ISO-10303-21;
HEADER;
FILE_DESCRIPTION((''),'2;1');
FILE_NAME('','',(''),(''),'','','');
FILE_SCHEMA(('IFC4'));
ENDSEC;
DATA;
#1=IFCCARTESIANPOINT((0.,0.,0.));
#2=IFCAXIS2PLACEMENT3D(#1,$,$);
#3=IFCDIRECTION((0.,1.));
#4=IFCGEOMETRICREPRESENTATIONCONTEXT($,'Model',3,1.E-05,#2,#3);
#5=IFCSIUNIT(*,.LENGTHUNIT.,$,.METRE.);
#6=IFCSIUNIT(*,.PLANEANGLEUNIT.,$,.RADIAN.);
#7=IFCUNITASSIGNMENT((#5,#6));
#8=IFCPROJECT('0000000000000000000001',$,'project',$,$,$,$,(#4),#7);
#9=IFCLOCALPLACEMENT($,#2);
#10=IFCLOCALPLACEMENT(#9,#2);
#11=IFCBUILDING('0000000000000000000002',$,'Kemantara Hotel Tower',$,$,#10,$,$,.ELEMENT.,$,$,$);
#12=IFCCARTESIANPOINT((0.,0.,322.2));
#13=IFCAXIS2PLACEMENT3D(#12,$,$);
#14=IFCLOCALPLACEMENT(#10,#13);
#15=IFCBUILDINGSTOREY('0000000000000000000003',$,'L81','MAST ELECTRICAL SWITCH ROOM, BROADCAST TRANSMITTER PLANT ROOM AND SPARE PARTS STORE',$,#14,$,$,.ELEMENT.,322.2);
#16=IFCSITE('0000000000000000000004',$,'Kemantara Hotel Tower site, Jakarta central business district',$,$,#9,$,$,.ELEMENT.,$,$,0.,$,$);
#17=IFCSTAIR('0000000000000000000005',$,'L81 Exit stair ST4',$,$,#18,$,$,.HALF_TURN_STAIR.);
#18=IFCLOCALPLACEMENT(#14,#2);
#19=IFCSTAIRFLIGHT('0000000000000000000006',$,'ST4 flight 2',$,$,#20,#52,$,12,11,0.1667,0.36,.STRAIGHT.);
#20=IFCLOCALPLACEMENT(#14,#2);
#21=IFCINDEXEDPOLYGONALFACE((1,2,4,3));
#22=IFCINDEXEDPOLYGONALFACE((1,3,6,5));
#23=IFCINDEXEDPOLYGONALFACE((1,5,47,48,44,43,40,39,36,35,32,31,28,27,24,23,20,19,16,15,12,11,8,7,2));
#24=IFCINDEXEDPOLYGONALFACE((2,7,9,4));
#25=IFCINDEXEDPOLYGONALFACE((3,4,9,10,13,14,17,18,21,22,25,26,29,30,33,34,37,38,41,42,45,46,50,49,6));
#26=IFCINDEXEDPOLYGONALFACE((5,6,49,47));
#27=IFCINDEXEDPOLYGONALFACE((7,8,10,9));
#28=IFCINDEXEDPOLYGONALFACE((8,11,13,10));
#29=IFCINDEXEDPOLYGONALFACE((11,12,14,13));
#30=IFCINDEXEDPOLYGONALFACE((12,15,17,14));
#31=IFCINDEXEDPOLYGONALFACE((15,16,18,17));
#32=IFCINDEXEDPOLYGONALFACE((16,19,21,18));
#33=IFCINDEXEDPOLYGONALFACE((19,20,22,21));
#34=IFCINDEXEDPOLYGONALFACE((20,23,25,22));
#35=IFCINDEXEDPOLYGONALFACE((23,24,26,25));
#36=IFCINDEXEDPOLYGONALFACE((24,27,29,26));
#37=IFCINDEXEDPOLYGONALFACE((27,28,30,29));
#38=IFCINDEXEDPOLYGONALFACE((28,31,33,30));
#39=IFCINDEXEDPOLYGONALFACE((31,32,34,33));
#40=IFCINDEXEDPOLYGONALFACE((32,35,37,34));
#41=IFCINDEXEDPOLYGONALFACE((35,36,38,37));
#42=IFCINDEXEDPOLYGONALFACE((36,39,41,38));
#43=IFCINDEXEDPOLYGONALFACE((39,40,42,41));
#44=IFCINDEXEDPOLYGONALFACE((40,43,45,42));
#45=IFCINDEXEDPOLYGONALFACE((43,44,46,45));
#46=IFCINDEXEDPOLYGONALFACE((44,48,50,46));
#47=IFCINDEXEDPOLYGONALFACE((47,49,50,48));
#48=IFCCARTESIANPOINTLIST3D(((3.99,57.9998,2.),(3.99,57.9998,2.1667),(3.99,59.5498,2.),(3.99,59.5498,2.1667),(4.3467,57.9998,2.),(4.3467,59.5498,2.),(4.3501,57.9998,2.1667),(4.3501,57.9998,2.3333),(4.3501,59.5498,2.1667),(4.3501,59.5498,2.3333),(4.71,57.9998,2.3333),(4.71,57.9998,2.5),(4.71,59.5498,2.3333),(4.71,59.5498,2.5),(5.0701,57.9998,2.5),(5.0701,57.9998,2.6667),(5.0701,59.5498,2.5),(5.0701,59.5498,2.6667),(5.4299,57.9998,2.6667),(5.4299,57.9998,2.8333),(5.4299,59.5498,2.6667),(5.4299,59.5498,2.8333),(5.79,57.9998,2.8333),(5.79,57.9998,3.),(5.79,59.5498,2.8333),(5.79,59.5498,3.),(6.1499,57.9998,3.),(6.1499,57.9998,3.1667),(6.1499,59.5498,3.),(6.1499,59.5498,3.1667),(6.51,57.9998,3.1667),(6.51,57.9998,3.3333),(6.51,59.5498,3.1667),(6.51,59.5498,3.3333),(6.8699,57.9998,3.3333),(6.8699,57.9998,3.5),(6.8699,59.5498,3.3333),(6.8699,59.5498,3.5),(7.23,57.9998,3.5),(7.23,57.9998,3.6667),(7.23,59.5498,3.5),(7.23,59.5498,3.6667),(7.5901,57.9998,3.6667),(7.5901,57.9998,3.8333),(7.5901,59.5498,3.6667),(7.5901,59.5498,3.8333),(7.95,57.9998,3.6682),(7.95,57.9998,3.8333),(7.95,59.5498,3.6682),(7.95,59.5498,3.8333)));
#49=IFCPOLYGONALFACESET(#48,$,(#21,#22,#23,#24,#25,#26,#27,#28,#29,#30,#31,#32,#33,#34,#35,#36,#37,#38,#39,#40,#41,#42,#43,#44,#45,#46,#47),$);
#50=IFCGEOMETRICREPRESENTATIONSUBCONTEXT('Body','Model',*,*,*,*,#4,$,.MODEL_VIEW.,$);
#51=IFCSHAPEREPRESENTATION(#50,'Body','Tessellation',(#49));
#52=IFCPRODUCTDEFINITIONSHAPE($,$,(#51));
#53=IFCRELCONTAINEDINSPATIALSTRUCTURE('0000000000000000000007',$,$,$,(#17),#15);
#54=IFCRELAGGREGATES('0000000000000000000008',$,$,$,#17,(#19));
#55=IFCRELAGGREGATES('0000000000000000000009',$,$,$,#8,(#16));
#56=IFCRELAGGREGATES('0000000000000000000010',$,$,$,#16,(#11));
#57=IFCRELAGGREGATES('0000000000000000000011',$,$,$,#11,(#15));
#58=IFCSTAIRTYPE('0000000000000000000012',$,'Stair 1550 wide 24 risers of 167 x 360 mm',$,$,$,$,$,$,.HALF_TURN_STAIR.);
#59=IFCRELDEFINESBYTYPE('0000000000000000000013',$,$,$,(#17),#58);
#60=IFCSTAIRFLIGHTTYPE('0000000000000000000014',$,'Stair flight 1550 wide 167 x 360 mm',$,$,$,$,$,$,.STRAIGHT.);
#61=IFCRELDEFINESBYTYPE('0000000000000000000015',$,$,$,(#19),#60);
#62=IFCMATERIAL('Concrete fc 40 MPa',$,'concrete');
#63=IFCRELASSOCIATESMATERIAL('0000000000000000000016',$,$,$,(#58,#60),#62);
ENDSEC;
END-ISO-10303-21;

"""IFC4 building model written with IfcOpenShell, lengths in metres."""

from ifc_helpers import new_model, si_unit, direction, frame, origin, place, context, subcontext, project, spatial, polyline, outline, extrude, material, type_object, element, aggregate, save


model = new_model("IFC4")

# Units and contexts
model_context = context("Model", 3, precision=1e-05, world=origin(), true_north=direction((0.0, 1.0)))
body_context = subcontext(model_context, "Body", "Model", "MODEL_VIEW")
ifc_project = project(units=[si_unit("LENGTHUNIT", "METRE"), si_unit("PLANEANGLEUNIT", "RADIAN")], contexts=[model_context])

# Site, building, storey
site_placement = place(None, origin())
site = spatial("IfcSite", under=ifc_project, at=site_placement, Name="Kemantara Hotel Tower site, Jakarta central business district", CompositionType="ELEMENT", RefElevation=0.0)
building_placement = place(site_placement, origin())
building = spatial("IfcBuilding", under=site, at=building_placement, Name="Kemantara Hotel Tower", CompositionType="ELEMENT")
storey_placement = place(building_placement, frame((0.0, 0.0, 322.2)))
storey = spatial("IfcBuildingStorey", under=building, at=storey_placement, Name="L81", Description="MAST ELECTRICAL SWITCH ROOM, BROADCAST TRANSMITTER PLANT ROOM AND SPARE PARTS STORE", CompositionType="ELEMENT", Elevation=322.2)

# Shared definitions
ifc_material_1 = material(Name="Concrete fc 40 MPa", Category="concrete")

# Stair, stair flight
stair_type = type_object("IfcStairType", Name="Stair 1550 wide 24 risers of 167 x 360 mm", PredefinedType="HALF_TURN_STAIR", material=ifc_material_1)
stair_placement = place(storey_placement, origin())
stair = element("IfcStair", 1, at=stair_placement, inside=storey, type_object=stair_type, Name="L81 Exit stair ST4", PredefinedType="HALF_TURN_STAIR")
stair_flight_type = type_object("IfcStairFlightType", Name="Stair flight 1550 wide 167 x 360 mm", PredefinedType="STRAIGHT", material=ifc_material_1)
stair_flight_placement = place(storey_placement, frame((3.99, 58.7749, 2.0), z_axis=(0.0, 0.0, 1.0), x_axis=(1.0, 0.0, 0.0)))
stair_flight = element("IfcStairFlight", 2, at=stair_flight_placement, type_object=stair_flight_type, Name="ST4 flight 2", NumberOfRisers=12, NumberOfTreads=11, PredefinedType="STRAIGHT", RiserHeight=0.1667, TreadLength=0.36, context=body_context, shape_type="SweptSolid", body=[
    extrude(outline(polyline([(0.0, 0.0), (0.0, 0.1667), (0.3601, 0.1667), (0.3601, 0.3333), (0.72, 0.3333), (0.72, 0.5), (1.0801, 0.5), (1.0801, 0.6667), (1.4399, 0.6667), (1.4399, 0.8333), (1.8, 0.8333), (1.8, 1.0), (2.1599, 1.0), (2.1599, 1.1667), (2.52, 1.1667), (2.52, 1.3333), (2.8799, 1.3333), (2.8799, 1.5), (3.24, 1.5), (3.24, 1.6667), (3.6001, 1.6667), (3.6001, 1.8333), (3.96, 1.8333), (3.96, 2.0), (3.96, 1.6682), (0.3567, 0.0), (0.0, 0.0)])), frame((0.0, 0.7749, 0.0), z_axis=(0.0, -1.0, 0.0), x_axis=(1.0, 0.0, 0.0)), (0.0, 0.0, 1.0), 1.55),
])
aggregate(stair, [stair_flight])

save(model, "model.ifc")
